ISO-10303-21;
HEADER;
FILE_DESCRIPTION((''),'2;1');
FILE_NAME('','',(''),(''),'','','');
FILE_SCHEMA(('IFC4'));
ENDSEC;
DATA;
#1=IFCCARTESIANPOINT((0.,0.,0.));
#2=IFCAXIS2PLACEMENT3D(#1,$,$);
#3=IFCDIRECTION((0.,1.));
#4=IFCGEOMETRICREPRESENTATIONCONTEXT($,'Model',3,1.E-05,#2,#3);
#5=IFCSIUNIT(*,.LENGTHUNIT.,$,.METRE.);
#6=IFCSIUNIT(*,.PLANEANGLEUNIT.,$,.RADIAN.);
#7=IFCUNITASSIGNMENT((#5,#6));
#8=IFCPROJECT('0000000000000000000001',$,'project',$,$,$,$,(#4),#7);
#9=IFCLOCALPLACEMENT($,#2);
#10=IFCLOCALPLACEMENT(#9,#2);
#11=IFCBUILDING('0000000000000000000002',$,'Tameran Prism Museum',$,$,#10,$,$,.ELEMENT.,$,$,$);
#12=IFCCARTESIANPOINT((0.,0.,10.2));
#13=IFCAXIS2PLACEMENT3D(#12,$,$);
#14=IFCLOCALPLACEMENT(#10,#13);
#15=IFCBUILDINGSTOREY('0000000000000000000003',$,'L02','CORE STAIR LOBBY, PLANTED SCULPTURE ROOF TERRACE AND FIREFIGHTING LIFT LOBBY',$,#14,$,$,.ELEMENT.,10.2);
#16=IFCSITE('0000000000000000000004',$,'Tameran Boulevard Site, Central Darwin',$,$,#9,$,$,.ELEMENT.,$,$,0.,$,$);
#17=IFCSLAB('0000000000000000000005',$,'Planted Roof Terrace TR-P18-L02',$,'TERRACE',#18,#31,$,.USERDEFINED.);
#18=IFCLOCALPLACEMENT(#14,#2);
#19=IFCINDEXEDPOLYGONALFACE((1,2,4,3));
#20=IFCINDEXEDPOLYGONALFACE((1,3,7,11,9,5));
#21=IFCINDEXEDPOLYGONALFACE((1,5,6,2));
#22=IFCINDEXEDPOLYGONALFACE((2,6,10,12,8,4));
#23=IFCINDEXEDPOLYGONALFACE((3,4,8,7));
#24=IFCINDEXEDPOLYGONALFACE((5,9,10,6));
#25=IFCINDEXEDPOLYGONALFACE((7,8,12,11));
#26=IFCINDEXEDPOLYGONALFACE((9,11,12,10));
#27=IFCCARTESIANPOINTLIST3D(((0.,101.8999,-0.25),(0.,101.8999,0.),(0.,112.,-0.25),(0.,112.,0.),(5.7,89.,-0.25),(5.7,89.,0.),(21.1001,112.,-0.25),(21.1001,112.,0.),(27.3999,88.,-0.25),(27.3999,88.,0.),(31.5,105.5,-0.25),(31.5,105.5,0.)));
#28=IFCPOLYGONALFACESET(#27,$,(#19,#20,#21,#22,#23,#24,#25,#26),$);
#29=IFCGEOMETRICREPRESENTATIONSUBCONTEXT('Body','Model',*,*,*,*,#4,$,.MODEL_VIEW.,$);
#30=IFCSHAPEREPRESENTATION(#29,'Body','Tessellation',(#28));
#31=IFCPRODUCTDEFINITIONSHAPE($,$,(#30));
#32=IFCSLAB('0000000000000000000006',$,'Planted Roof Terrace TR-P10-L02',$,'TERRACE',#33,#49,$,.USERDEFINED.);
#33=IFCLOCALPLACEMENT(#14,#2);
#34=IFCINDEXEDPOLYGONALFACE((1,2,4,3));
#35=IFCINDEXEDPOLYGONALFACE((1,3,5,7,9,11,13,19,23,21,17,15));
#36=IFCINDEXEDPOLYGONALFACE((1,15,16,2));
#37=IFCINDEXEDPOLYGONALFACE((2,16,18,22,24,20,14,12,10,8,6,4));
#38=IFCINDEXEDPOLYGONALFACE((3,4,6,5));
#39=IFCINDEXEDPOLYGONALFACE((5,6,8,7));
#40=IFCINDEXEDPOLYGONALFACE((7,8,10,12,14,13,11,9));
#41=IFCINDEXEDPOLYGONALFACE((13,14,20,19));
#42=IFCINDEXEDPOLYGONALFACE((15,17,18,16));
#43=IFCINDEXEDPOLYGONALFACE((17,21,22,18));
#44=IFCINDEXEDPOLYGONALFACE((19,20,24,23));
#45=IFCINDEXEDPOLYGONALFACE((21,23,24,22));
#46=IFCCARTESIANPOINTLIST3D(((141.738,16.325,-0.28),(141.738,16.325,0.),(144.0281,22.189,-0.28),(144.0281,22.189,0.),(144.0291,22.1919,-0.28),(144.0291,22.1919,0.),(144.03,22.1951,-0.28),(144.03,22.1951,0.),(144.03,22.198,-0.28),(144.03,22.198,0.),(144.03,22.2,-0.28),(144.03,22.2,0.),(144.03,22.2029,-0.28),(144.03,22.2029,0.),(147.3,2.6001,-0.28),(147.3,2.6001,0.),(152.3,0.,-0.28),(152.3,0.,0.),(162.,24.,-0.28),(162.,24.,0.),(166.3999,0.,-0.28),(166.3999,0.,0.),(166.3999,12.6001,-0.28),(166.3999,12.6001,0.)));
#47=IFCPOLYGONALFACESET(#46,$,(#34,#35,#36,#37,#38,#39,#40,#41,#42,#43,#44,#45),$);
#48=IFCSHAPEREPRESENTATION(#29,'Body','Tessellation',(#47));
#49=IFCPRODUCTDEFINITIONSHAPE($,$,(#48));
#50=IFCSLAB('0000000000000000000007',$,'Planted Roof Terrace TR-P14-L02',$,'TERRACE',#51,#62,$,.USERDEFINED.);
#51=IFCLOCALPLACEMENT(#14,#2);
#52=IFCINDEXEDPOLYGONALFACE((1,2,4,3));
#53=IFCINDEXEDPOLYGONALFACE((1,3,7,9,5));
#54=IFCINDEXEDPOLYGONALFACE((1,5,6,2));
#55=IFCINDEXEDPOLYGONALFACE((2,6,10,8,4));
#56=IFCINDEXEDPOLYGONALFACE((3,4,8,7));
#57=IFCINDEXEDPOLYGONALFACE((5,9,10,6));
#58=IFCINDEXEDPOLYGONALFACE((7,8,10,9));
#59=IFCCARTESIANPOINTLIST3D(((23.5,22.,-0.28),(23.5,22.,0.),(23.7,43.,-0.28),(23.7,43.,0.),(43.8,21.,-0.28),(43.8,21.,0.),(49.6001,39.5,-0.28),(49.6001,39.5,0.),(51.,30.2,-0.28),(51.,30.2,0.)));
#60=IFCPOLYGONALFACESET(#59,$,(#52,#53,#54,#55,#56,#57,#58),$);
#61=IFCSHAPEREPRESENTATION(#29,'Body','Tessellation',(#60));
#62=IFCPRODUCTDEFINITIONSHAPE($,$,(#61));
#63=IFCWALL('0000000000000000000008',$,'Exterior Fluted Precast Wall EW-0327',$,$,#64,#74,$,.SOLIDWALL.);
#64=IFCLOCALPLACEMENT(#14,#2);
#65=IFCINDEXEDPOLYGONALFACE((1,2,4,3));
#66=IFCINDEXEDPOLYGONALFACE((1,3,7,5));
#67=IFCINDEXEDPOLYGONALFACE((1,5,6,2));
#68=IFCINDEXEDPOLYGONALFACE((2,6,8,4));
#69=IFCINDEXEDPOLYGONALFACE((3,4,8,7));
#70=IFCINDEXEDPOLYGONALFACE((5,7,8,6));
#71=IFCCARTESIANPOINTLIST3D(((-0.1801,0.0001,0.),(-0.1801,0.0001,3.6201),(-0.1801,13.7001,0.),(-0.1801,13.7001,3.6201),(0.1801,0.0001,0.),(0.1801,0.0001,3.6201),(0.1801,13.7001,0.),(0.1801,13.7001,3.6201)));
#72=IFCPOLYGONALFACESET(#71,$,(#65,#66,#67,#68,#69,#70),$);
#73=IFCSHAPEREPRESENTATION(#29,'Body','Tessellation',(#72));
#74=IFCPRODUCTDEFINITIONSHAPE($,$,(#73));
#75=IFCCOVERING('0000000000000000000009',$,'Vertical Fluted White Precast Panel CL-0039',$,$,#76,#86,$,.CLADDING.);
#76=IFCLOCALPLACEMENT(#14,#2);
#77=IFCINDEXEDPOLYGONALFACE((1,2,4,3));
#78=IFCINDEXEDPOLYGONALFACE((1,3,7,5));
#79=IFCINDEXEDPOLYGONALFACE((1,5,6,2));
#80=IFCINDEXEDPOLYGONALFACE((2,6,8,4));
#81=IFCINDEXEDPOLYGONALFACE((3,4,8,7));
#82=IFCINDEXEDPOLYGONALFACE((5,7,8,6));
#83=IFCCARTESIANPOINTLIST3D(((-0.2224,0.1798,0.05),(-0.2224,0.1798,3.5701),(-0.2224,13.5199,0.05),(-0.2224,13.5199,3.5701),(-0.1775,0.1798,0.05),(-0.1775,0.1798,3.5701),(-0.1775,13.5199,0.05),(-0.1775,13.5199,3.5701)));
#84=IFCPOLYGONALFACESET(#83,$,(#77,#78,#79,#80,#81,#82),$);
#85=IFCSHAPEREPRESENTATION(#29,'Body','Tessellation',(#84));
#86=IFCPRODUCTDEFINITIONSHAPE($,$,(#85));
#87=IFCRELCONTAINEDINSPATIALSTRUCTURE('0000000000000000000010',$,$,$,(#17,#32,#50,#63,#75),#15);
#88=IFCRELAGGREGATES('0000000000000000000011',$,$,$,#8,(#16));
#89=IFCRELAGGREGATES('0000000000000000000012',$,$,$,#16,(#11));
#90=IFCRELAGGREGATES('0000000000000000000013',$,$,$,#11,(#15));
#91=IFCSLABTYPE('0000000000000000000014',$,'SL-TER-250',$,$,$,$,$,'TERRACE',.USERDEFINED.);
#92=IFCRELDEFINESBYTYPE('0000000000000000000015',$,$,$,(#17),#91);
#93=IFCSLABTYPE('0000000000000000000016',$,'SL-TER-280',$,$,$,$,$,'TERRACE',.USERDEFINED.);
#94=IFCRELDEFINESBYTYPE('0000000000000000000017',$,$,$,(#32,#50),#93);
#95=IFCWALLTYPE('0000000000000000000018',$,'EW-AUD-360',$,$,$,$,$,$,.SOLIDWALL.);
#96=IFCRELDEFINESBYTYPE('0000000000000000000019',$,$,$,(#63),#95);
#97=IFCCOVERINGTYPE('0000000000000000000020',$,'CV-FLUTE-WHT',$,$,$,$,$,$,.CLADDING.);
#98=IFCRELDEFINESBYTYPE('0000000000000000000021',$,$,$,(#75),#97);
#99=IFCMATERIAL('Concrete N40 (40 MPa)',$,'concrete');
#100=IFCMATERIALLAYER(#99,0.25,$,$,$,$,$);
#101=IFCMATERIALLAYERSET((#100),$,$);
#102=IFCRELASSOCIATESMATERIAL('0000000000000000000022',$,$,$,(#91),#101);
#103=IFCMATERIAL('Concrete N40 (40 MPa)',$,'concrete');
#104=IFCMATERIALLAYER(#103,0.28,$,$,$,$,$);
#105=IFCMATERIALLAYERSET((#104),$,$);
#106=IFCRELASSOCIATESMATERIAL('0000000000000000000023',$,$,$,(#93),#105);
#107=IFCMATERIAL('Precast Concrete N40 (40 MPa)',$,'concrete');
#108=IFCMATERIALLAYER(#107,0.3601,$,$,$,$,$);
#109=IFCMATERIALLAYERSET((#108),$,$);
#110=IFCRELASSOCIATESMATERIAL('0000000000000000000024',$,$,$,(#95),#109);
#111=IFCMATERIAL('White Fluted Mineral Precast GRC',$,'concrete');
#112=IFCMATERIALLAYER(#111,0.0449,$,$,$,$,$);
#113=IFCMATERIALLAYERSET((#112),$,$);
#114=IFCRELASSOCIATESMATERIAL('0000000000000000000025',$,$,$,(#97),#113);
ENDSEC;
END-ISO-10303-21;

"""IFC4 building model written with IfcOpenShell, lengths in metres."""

from ifc_helpers import new_model, si_unit, direction, frame, frame_2d, origin, place, context, subcontext, project, spatial, polyline, rectangle, outline, extrude, material, layer, layer_set, type_object, element, save


model = new_model("IFC4")

# Units and contexts
model_context = context("Model", 3, precision=1e-05, world=origin(), true_north=direction((0.0, 1.0)))
body_context = subcontext(model_context, "Body", "Model", "MODEL_VIEW")
ifc_project = project(units=[si_unit("LENGTHUNIT", "METRE"), si_unit("PLANEANGLEUNIT", "RADIAN")], contexts=[model_context])

# Site, building, storey
site_placement = place(None, origin())
site = spatial("IfcSite", under=ifc_project, at=site_placement, Name="Tameran Boulevard Site, Central Darwin", CompositionType="ELEMENT", RefElevation=0.0)
building_placement = place(site_placement, origin())
building = spatial("IfcBuilding", under=site, at=building_placement, Name="Tameran Prism Museum", CompositionType="ELEMENT")
storey_placement = place(building_placement, frame((0.0, 0.0, 10.2)))
storey = spatial("IfcBuildingStorey", under=building, at=storey_placement, Name="L02", Description="CORE STAIR LOBBY, PLANTED SCULPTURE ROOF TERRACE AND FIREFIGHTING LIFT LOBBY", CompositionType="ELEMENT", Elevation=10.2)

# Slabs
ifc_material_1 = material(Name="Concrete N40 (40 MPa)", Category="concrete")
ifc_layer_1 = layer(ifc_material_1, 0.25)
ifc_layer_set_1 = layer_set([ifc_layer_1])
slab_type_1 = type_object("IfcSlabType", Name="SL-TER-250", ElementType="TERRACE", PredefinedType="USERDEFINED", material=ifc_layer_set_1)
slab_1_placement = place(storey_placement, frame((0.0, 0.0, -0.25)))
element("IfcSlab", 1, at=slab_1_placement, inside=storey, type_object=slab_type_1, Name="Planted Roof Terrace TR-P18-L02", ObjectType="TERRACE", PredefinedType="USERDEFINED", context=body_context, shape_type="SweptSolid", body=[
    extrude(outline(polyline([(5.7, 89.0), (27.3999, 88.0), (31.5, 105.5), (21.1001, 112.0), (0.0, 112.0), (0.0, 101.8999), (5.7, 89.0)])), origin(), (0.0, 0.0, 1.0), 0.25),
])
ifc_material_2 = material(Name="Concrete N40 (40 MPa)", Category="concrete")
ifc_layer_2 = layer(ifc_material_2, 0.28)
ifc_layer_set_2 = layer_set([ifc_layer_2])
slab_type_2 = type_object("IfcSlabType", Name="SL-TER-280", ElementType="TERRACE", PredefinedType="USERDEFINED", material=ifc_layer_set_2)
slab_2_placement = place(storey_placement, frame((0.0, 0.0, -0.28)))
element("IfcSlab", 2, at=slab_2_placement, inside=storey, type_object=slab_type_2, Name="Planted Roof Terrace TR-P10-L02", ObjectType="TERRACE", PredefinedType="USERDEFINED", context=body_context, shape_type="SweptSolid", body=[
    extrude(outline(polyline([(162.0, 24.0), (166.3999, 12.6001), (166.3999, 0.0), (152.3, 0.0), (147.3, 2.6001), (141.738, 16.325), (144.0281, 22.189), (144.0291, 22.1919), (144.03, 22.1951), (144.03, 22.198), (144.03, 22.2), (144.03, 22.2029), (162.0, 24.0)])), origin(), (0.0, 0.0, 1.0), 0.28),
])
slab_3_placement = place(storey_placement, frame((0.0, 0.0, -0.28)))
element("IfcSlab", 3, at=slab_3_placement, inside=storey, type_object=slab_type_2, Name="Planted Roof Terrace TR-P14-L02", ObjectType="TERRACE", PredefinedType="USERDEFINED", context=body_context, shape_type="SweptSolid", body=[
    extrude(outline(polyline([(23.5, 22.0), (43.8, 21.0), (51.0, 30.2), (49.6001, 39.5), (23.7, 43.0), (23.5, 22.0)])), origin(), (0.0, 0.0, 1.0), 0.28),
])

# Wall
ifc_material_3 = material(Name="Precast Concrete N40 (40 MPa)", Category="concrete")
ifc_layer_3 = layer(ifc_material_3, 0.3601)
ifc_layer_set_3 = layer_set([ifc_layer_3])
wall_type = type_object("IfcWallType", Name="EW-AUD-360", PredefinedType="SOLIDWALL", material=ifc_layer_set_3)
wall_placement = place(storey_placement, frame((0.0, 0.0, 0.0), z_axis=(0.0, 0.0, 1.0), x_axis=(0.0, 1.0, 0.0)))
element("IfcWall", 4, at=wall_placement, inside=storey, type_object=wall_type, Name="Exterior Fluted Precast Wall EW-0327", PredefinedType="SOLIDWALL", context=body_context, shape_type="SweptSolid", body=[
    extrude(rectangle(XDim=13.7, YDim=0.3601, at=frame_2d((6.8501, 0.0))), origin(), (0.0, 0.0, 1.0), 3.6201),
])

# Covering
ifc_material_4 = material(Name="White Fluted Mineral Precast GRC", Category="concrete")
ifc_layer_4 = layer(ifc_material_4, 0.0449)
ifc_layer_set_4 = layer_set([ifc_layer_4])
covering_type = type_object("IfcCoveringType", Name="CV-FLUTE-WHT", PredefinedType="CLADDING", material=ifc_layer_set_4)
covering_placement = place(storey_placement, frame((-0.2, 0.1799, 0.05), z_axis=(0.0, 0.0, 1.0), x_axis=(0.0, 1.0, 0.0)))
element("IfcCovering", 5, at=covering_placement, inside=storey, type_object=covering_type, Name="Vertical Fluted White Precast Panel CL-0039", PredefinedType="CLADDING", context=body_context, shape_type="SweptSolid", body=[
    extrude(rectangle(XDim=13.3401, YDim=0.0449, at=frame_2d((6.6699, 0.0))), origin(), (0.0, 0.0, 1.0), 3.52),
])

save(model, "model.ifc")
